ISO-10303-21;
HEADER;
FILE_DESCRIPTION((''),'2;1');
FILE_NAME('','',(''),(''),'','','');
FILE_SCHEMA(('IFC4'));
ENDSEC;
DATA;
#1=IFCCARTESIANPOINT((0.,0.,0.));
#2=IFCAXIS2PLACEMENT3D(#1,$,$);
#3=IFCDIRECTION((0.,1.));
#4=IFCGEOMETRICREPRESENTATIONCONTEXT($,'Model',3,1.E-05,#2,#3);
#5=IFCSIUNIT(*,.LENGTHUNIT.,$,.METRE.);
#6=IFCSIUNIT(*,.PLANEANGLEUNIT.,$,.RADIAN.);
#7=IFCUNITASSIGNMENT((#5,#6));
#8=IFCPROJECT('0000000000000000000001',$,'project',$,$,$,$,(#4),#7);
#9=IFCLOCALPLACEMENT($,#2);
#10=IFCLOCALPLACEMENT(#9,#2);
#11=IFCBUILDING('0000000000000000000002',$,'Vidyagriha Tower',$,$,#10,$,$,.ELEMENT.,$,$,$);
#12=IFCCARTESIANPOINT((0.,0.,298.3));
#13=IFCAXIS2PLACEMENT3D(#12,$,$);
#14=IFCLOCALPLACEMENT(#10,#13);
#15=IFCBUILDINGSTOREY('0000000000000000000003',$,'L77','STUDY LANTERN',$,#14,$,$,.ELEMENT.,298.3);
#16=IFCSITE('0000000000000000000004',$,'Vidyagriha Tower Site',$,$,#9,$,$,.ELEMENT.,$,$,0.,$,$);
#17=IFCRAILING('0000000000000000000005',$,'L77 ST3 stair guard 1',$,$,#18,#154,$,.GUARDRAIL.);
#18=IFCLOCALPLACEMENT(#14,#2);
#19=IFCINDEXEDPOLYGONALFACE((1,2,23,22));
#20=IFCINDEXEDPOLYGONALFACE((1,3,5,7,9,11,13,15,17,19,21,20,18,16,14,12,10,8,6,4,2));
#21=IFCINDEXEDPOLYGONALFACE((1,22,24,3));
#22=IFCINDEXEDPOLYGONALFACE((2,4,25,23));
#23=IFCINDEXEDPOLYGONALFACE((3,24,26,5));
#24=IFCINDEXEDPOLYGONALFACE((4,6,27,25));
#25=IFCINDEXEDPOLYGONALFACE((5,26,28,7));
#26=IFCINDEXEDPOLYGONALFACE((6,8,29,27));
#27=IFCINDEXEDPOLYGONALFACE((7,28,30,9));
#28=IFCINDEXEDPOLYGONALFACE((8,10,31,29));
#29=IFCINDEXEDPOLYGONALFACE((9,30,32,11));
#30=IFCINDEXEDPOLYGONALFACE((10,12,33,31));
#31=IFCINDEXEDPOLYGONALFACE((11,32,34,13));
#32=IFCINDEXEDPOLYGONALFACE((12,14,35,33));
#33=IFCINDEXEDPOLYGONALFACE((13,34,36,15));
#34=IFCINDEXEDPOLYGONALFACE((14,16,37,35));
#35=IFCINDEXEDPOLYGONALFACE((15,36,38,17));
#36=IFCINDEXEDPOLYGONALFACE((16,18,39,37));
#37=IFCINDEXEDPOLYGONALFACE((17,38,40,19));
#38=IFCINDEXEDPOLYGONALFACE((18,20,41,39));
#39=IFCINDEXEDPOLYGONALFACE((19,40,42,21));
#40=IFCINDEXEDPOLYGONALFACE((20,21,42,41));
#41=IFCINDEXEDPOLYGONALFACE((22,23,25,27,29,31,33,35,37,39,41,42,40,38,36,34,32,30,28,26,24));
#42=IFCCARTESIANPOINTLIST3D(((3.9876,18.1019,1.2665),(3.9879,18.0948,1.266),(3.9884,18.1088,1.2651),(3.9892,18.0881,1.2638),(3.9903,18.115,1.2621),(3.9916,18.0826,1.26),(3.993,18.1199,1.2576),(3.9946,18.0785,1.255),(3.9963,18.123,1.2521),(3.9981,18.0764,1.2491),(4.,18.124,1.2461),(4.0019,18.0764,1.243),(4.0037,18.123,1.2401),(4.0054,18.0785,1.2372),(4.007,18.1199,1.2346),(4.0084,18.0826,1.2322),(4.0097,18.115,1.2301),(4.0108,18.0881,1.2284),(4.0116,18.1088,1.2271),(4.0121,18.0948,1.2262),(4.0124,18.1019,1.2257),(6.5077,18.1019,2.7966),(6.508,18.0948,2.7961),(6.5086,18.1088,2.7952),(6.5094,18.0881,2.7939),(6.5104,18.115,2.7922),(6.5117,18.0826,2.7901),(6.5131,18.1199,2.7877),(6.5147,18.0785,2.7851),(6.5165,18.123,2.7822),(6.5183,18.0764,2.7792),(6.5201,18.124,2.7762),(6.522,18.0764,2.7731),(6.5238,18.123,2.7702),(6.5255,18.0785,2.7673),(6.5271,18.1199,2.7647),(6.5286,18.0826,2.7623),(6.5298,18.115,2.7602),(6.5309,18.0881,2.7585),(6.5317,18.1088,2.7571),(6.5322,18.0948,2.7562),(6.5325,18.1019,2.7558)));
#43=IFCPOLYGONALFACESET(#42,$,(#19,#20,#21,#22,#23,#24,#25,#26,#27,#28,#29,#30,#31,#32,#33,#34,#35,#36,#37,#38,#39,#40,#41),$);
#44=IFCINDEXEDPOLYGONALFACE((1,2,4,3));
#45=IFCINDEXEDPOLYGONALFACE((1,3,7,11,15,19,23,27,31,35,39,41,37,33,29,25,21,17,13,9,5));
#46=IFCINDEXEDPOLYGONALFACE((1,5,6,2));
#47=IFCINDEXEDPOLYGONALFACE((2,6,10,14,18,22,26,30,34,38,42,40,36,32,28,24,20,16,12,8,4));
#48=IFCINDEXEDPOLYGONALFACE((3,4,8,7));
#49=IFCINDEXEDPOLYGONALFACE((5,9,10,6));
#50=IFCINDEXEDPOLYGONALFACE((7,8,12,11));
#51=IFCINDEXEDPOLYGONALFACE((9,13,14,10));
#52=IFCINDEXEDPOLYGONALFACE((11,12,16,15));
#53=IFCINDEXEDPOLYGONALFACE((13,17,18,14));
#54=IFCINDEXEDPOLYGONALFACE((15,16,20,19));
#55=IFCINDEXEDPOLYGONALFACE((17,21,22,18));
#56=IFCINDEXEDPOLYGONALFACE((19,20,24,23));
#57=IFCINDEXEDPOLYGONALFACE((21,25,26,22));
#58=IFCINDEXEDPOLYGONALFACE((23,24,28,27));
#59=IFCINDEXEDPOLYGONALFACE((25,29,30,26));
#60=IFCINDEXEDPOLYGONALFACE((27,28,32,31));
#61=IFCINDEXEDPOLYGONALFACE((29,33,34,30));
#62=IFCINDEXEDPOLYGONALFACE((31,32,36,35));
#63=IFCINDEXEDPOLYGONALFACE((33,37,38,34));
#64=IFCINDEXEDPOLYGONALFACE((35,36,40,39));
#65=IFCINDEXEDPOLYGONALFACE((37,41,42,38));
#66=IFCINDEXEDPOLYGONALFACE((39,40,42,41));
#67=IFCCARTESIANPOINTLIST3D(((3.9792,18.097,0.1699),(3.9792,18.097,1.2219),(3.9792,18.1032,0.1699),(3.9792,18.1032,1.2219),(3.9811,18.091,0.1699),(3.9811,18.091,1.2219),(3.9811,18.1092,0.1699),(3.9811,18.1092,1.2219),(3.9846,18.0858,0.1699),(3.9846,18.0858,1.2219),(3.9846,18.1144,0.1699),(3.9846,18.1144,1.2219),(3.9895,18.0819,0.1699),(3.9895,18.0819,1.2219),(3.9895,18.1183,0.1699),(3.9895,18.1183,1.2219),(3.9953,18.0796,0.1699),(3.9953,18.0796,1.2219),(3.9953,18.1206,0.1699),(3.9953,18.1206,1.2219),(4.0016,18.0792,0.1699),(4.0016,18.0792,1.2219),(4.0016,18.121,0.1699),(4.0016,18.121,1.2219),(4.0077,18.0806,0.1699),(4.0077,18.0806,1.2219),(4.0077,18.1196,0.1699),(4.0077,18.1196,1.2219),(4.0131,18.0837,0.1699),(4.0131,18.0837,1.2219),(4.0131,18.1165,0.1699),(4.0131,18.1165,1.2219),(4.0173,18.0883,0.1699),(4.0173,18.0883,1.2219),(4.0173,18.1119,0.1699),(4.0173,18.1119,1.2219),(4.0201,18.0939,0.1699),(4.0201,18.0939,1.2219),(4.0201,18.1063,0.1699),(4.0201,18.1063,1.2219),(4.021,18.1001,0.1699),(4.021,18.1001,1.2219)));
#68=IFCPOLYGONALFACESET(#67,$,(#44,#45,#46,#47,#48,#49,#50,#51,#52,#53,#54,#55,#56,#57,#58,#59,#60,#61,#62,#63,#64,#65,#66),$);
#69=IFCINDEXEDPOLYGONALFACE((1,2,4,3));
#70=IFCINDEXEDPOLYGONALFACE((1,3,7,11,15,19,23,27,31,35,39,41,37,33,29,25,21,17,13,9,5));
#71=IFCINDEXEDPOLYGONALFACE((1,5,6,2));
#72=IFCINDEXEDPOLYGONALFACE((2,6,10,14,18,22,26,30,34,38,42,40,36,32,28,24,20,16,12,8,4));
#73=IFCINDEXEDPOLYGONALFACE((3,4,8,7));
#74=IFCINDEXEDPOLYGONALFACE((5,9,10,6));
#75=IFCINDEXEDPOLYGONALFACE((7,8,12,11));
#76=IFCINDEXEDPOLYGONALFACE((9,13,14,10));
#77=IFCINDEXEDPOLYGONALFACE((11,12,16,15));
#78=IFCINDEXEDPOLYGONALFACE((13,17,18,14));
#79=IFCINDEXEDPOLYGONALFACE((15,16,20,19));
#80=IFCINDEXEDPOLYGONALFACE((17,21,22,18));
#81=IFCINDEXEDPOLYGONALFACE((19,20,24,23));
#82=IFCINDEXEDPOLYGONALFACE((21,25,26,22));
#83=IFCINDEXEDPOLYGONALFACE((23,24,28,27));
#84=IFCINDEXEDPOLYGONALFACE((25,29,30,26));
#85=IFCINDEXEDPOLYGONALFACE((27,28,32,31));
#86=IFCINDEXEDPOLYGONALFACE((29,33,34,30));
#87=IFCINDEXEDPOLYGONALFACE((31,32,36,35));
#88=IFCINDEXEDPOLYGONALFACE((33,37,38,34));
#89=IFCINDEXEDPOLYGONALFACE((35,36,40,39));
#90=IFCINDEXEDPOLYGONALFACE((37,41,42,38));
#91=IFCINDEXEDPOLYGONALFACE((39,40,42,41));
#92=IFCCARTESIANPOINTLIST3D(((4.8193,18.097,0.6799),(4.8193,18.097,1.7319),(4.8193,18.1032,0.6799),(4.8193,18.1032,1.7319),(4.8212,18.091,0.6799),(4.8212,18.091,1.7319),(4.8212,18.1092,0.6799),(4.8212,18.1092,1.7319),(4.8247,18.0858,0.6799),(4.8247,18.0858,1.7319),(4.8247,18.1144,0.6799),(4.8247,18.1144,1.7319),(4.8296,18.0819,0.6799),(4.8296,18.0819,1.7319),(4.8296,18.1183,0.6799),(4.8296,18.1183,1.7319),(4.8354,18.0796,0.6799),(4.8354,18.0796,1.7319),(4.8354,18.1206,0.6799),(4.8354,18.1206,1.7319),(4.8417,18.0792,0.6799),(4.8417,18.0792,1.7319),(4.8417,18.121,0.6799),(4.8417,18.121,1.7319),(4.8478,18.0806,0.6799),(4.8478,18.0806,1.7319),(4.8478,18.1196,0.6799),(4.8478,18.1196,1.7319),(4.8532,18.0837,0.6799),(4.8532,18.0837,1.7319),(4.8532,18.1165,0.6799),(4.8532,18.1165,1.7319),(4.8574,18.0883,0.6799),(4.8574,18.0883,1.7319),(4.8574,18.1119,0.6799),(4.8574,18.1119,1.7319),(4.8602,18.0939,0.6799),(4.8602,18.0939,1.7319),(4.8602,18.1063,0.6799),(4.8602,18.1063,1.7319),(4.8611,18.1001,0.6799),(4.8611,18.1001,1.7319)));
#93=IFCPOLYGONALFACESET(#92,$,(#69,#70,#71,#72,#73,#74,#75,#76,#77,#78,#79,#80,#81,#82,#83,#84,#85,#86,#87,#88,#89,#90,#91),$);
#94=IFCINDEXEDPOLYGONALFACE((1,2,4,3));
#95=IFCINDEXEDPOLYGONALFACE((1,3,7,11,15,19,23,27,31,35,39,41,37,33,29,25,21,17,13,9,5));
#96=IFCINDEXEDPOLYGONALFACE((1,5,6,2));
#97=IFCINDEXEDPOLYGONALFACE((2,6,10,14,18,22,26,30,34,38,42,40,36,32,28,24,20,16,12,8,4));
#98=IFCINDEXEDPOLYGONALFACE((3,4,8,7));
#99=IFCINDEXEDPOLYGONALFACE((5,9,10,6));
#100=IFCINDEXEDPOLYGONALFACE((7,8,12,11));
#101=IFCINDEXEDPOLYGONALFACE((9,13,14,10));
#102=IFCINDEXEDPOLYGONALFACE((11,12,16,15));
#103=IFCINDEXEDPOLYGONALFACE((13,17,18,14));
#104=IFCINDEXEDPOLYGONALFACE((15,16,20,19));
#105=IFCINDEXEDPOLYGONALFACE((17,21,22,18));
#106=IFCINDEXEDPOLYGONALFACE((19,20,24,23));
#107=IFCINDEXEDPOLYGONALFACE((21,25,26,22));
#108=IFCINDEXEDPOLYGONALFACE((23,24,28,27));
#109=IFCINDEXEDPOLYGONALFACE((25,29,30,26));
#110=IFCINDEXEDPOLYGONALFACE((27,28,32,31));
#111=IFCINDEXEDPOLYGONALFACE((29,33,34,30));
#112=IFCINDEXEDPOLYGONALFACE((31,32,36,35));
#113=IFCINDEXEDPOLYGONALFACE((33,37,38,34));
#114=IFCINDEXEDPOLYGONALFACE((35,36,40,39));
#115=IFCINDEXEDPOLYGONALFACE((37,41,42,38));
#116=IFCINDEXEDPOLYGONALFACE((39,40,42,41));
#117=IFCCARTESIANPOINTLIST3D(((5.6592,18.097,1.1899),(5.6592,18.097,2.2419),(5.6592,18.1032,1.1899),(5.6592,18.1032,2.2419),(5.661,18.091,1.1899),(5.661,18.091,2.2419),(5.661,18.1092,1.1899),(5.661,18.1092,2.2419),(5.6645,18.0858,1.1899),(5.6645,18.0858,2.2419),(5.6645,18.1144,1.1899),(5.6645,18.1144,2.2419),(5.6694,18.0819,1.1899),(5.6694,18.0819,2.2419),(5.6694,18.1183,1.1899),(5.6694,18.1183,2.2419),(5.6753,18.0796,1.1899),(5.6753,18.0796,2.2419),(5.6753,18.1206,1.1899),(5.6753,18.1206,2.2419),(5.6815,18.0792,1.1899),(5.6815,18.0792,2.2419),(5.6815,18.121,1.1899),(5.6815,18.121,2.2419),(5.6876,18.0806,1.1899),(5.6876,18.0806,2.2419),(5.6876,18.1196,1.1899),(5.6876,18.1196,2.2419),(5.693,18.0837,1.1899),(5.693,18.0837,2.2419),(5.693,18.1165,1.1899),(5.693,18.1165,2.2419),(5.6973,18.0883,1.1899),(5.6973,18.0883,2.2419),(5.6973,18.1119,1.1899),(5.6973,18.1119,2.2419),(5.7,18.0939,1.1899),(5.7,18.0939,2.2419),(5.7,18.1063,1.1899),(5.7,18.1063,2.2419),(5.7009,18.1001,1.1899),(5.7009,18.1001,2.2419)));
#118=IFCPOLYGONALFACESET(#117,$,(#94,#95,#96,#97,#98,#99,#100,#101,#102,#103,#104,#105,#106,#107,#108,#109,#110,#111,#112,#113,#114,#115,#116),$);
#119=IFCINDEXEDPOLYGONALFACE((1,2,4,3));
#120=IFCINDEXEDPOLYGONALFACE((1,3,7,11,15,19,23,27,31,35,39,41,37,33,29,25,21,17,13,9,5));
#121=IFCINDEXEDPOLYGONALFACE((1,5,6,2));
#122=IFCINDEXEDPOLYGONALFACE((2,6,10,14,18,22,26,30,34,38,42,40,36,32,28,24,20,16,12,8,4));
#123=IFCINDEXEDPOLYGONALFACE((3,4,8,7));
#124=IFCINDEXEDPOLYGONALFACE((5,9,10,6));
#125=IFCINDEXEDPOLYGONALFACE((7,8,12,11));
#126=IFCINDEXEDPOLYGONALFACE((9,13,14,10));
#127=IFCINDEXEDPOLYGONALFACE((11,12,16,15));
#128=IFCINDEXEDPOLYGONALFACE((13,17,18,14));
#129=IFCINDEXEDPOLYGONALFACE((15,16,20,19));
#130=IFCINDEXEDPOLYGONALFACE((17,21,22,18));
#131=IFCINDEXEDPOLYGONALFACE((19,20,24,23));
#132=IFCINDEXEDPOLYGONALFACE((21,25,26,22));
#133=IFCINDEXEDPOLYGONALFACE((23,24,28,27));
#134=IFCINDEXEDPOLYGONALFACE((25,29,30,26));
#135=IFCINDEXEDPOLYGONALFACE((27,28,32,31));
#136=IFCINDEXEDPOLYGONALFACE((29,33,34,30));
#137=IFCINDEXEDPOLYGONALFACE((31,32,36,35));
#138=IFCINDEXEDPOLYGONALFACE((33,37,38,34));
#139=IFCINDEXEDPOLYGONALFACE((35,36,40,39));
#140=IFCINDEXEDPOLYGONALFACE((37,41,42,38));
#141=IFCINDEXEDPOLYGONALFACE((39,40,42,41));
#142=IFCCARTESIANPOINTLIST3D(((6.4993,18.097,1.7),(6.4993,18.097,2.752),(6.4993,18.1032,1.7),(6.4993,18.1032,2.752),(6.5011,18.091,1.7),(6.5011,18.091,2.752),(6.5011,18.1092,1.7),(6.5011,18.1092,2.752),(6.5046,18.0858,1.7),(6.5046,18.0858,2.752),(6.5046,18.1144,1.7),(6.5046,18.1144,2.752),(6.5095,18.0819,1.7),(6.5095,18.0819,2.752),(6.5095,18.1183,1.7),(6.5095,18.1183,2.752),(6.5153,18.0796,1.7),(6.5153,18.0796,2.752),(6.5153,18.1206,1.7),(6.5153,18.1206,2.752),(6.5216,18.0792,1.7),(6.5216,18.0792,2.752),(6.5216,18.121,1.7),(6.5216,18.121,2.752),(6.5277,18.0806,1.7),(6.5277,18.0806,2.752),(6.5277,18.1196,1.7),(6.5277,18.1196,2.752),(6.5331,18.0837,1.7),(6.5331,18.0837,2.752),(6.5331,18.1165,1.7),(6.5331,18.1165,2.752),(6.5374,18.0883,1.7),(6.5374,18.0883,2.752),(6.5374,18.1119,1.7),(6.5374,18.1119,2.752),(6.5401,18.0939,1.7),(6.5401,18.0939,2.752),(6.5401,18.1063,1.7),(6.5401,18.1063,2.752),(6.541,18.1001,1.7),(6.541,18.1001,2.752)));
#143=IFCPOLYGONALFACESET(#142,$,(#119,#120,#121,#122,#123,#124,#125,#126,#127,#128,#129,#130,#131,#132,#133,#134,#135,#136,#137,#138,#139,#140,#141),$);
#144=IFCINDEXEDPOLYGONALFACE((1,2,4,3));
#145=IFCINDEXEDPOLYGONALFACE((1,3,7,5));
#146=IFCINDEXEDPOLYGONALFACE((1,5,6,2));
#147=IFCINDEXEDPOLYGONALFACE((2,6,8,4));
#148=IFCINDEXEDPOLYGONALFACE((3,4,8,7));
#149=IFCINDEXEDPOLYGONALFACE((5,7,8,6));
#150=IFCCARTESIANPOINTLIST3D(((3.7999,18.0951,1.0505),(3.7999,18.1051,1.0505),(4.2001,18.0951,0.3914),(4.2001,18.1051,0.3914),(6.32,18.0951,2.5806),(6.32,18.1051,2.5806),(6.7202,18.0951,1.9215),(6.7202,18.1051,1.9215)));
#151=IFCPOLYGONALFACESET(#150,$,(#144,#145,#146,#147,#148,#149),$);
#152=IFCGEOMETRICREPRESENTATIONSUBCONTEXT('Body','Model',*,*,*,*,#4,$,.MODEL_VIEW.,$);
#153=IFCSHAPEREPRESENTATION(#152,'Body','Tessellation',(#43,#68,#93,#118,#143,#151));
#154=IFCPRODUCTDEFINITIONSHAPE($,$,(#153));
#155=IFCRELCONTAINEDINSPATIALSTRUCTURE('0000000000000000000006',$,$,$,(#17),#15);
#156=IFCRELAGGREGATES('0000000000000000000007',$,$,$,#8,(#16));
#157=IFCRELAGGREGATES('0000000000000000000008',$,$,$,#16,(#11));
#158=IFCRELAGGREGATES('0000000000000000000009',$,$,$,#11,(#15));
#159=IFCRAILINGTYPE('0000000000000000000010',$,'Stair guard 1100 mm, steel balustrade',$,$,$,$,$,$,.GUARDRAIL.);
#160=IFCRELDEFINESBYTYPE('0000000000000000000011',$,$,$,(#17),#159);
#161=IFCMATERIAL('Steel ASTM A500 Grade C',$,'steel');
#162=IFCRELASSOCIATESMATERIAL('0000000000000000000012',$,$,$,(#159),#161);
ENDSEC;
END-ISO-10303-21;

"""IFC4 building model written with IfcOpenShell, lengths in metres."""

from ifc_helpers import new_model, si_unit, direction, frame, origin, origin_2d, place, context, subcontext, project, spatial, rectangle, circle, extrude, material, type_object, element, save


model = new_model("IFC4")

# Units and contexts
model_context = context("Model", 3, precision=1e-05, world=origin(), true_north=direction((0.0, 1.0)))
body_context = subcontext(model_context, "Body", "Model", "MODEL_VIEW")
ifc_project = project(units=[si_unit("LENGTHUNIT", "METRE"), si_unit("PLANEANGLEUNIT", "RADIAN")], contexts=[model_context])

# Site, building, storey
site_placement = place(None, origin())
site = spatial("IfcSite", under=ifc_project, at=site_placement, Name="Vidyagriha Tower Site", CompositionType="ELEMENT", RefElevation=0.0)
building_placement = place(site_placement, origin())
building = spatial("IfcBuilding", under=site, at=building_placement, Name="Vidyagriha Tower", CompositionType="ELEMENT")
storey_placement = place(building_placement, frame((0.0, 0.0, 298.3)))
storey = spatial("IfcBuildingStorey", under=building, at=storey_placement, Name="L77", Description="STUDY LANTERN", CompositionType="ELEMENT", Elevation=298.3)

# Railing
ifc_material_1 = material(Name="Steel ASTM A500 Grade C", Category="steel")
railing_type_1 = type_object("IfcRailingType", Name="Stair guard 1100 mm, steel balustrade", PredefinedType="GUARDRAIL", material=ifc_material_1)
railing_1_placement = place(storey_placement, frame((4.0, 18.1001, 0.1699)))
element("IfcRailing", 1, at=railing_1_placement, inside=storey, type_object=railing_type_1, Name="L77 ST3 stair guard 1", PredefinedType="GUARDRAIL", context=body_context, shape_type="SweptSolid", body=[
    extrude(circle(Radius=0.0239, at=origin_2d()), frame((0.0, 0.0, 1.0762), z_axis=(0.854785, 0.0, 0.518982), x_axis=(0.0, 1.0, 0.0)), (0.0, 0.0, 1.0), 2.9482),
    extrude(circle(Radius=0.021, at=origin_2d()), origin(), (0.0, 0.0, 1.0), 1.052),
    extrude(circle(Radius=0.021, at=origin_2d()), frame((0.8401, 0.0, 0.51)), (0.0, 0.0, 1.0), 1.052),
    extrude(circle(Radius=0.021, at=origin_2d()), frame((1.6799, 0.0, 1.02)), (0.0, 0.0, 1.0), 1.052),
    extrude(circle(Radius=0.021, at=origin_2d()), frame((2.52, 0.0, 1.53)), (0.0, 0.0, 1.0), 1.052),
    extrude(rectangle(XDim=0.01, YDim=0.771, at=origin_2d()), frame((0.0, 0.0, 0.551), z_axis=(0.854785, 0.0, 0.518982), x_axis=(0.0, 1.0, 0.0)), (0.0, 0.0, 1.0), 2.9482),
])

save(model, "model.ifc")
